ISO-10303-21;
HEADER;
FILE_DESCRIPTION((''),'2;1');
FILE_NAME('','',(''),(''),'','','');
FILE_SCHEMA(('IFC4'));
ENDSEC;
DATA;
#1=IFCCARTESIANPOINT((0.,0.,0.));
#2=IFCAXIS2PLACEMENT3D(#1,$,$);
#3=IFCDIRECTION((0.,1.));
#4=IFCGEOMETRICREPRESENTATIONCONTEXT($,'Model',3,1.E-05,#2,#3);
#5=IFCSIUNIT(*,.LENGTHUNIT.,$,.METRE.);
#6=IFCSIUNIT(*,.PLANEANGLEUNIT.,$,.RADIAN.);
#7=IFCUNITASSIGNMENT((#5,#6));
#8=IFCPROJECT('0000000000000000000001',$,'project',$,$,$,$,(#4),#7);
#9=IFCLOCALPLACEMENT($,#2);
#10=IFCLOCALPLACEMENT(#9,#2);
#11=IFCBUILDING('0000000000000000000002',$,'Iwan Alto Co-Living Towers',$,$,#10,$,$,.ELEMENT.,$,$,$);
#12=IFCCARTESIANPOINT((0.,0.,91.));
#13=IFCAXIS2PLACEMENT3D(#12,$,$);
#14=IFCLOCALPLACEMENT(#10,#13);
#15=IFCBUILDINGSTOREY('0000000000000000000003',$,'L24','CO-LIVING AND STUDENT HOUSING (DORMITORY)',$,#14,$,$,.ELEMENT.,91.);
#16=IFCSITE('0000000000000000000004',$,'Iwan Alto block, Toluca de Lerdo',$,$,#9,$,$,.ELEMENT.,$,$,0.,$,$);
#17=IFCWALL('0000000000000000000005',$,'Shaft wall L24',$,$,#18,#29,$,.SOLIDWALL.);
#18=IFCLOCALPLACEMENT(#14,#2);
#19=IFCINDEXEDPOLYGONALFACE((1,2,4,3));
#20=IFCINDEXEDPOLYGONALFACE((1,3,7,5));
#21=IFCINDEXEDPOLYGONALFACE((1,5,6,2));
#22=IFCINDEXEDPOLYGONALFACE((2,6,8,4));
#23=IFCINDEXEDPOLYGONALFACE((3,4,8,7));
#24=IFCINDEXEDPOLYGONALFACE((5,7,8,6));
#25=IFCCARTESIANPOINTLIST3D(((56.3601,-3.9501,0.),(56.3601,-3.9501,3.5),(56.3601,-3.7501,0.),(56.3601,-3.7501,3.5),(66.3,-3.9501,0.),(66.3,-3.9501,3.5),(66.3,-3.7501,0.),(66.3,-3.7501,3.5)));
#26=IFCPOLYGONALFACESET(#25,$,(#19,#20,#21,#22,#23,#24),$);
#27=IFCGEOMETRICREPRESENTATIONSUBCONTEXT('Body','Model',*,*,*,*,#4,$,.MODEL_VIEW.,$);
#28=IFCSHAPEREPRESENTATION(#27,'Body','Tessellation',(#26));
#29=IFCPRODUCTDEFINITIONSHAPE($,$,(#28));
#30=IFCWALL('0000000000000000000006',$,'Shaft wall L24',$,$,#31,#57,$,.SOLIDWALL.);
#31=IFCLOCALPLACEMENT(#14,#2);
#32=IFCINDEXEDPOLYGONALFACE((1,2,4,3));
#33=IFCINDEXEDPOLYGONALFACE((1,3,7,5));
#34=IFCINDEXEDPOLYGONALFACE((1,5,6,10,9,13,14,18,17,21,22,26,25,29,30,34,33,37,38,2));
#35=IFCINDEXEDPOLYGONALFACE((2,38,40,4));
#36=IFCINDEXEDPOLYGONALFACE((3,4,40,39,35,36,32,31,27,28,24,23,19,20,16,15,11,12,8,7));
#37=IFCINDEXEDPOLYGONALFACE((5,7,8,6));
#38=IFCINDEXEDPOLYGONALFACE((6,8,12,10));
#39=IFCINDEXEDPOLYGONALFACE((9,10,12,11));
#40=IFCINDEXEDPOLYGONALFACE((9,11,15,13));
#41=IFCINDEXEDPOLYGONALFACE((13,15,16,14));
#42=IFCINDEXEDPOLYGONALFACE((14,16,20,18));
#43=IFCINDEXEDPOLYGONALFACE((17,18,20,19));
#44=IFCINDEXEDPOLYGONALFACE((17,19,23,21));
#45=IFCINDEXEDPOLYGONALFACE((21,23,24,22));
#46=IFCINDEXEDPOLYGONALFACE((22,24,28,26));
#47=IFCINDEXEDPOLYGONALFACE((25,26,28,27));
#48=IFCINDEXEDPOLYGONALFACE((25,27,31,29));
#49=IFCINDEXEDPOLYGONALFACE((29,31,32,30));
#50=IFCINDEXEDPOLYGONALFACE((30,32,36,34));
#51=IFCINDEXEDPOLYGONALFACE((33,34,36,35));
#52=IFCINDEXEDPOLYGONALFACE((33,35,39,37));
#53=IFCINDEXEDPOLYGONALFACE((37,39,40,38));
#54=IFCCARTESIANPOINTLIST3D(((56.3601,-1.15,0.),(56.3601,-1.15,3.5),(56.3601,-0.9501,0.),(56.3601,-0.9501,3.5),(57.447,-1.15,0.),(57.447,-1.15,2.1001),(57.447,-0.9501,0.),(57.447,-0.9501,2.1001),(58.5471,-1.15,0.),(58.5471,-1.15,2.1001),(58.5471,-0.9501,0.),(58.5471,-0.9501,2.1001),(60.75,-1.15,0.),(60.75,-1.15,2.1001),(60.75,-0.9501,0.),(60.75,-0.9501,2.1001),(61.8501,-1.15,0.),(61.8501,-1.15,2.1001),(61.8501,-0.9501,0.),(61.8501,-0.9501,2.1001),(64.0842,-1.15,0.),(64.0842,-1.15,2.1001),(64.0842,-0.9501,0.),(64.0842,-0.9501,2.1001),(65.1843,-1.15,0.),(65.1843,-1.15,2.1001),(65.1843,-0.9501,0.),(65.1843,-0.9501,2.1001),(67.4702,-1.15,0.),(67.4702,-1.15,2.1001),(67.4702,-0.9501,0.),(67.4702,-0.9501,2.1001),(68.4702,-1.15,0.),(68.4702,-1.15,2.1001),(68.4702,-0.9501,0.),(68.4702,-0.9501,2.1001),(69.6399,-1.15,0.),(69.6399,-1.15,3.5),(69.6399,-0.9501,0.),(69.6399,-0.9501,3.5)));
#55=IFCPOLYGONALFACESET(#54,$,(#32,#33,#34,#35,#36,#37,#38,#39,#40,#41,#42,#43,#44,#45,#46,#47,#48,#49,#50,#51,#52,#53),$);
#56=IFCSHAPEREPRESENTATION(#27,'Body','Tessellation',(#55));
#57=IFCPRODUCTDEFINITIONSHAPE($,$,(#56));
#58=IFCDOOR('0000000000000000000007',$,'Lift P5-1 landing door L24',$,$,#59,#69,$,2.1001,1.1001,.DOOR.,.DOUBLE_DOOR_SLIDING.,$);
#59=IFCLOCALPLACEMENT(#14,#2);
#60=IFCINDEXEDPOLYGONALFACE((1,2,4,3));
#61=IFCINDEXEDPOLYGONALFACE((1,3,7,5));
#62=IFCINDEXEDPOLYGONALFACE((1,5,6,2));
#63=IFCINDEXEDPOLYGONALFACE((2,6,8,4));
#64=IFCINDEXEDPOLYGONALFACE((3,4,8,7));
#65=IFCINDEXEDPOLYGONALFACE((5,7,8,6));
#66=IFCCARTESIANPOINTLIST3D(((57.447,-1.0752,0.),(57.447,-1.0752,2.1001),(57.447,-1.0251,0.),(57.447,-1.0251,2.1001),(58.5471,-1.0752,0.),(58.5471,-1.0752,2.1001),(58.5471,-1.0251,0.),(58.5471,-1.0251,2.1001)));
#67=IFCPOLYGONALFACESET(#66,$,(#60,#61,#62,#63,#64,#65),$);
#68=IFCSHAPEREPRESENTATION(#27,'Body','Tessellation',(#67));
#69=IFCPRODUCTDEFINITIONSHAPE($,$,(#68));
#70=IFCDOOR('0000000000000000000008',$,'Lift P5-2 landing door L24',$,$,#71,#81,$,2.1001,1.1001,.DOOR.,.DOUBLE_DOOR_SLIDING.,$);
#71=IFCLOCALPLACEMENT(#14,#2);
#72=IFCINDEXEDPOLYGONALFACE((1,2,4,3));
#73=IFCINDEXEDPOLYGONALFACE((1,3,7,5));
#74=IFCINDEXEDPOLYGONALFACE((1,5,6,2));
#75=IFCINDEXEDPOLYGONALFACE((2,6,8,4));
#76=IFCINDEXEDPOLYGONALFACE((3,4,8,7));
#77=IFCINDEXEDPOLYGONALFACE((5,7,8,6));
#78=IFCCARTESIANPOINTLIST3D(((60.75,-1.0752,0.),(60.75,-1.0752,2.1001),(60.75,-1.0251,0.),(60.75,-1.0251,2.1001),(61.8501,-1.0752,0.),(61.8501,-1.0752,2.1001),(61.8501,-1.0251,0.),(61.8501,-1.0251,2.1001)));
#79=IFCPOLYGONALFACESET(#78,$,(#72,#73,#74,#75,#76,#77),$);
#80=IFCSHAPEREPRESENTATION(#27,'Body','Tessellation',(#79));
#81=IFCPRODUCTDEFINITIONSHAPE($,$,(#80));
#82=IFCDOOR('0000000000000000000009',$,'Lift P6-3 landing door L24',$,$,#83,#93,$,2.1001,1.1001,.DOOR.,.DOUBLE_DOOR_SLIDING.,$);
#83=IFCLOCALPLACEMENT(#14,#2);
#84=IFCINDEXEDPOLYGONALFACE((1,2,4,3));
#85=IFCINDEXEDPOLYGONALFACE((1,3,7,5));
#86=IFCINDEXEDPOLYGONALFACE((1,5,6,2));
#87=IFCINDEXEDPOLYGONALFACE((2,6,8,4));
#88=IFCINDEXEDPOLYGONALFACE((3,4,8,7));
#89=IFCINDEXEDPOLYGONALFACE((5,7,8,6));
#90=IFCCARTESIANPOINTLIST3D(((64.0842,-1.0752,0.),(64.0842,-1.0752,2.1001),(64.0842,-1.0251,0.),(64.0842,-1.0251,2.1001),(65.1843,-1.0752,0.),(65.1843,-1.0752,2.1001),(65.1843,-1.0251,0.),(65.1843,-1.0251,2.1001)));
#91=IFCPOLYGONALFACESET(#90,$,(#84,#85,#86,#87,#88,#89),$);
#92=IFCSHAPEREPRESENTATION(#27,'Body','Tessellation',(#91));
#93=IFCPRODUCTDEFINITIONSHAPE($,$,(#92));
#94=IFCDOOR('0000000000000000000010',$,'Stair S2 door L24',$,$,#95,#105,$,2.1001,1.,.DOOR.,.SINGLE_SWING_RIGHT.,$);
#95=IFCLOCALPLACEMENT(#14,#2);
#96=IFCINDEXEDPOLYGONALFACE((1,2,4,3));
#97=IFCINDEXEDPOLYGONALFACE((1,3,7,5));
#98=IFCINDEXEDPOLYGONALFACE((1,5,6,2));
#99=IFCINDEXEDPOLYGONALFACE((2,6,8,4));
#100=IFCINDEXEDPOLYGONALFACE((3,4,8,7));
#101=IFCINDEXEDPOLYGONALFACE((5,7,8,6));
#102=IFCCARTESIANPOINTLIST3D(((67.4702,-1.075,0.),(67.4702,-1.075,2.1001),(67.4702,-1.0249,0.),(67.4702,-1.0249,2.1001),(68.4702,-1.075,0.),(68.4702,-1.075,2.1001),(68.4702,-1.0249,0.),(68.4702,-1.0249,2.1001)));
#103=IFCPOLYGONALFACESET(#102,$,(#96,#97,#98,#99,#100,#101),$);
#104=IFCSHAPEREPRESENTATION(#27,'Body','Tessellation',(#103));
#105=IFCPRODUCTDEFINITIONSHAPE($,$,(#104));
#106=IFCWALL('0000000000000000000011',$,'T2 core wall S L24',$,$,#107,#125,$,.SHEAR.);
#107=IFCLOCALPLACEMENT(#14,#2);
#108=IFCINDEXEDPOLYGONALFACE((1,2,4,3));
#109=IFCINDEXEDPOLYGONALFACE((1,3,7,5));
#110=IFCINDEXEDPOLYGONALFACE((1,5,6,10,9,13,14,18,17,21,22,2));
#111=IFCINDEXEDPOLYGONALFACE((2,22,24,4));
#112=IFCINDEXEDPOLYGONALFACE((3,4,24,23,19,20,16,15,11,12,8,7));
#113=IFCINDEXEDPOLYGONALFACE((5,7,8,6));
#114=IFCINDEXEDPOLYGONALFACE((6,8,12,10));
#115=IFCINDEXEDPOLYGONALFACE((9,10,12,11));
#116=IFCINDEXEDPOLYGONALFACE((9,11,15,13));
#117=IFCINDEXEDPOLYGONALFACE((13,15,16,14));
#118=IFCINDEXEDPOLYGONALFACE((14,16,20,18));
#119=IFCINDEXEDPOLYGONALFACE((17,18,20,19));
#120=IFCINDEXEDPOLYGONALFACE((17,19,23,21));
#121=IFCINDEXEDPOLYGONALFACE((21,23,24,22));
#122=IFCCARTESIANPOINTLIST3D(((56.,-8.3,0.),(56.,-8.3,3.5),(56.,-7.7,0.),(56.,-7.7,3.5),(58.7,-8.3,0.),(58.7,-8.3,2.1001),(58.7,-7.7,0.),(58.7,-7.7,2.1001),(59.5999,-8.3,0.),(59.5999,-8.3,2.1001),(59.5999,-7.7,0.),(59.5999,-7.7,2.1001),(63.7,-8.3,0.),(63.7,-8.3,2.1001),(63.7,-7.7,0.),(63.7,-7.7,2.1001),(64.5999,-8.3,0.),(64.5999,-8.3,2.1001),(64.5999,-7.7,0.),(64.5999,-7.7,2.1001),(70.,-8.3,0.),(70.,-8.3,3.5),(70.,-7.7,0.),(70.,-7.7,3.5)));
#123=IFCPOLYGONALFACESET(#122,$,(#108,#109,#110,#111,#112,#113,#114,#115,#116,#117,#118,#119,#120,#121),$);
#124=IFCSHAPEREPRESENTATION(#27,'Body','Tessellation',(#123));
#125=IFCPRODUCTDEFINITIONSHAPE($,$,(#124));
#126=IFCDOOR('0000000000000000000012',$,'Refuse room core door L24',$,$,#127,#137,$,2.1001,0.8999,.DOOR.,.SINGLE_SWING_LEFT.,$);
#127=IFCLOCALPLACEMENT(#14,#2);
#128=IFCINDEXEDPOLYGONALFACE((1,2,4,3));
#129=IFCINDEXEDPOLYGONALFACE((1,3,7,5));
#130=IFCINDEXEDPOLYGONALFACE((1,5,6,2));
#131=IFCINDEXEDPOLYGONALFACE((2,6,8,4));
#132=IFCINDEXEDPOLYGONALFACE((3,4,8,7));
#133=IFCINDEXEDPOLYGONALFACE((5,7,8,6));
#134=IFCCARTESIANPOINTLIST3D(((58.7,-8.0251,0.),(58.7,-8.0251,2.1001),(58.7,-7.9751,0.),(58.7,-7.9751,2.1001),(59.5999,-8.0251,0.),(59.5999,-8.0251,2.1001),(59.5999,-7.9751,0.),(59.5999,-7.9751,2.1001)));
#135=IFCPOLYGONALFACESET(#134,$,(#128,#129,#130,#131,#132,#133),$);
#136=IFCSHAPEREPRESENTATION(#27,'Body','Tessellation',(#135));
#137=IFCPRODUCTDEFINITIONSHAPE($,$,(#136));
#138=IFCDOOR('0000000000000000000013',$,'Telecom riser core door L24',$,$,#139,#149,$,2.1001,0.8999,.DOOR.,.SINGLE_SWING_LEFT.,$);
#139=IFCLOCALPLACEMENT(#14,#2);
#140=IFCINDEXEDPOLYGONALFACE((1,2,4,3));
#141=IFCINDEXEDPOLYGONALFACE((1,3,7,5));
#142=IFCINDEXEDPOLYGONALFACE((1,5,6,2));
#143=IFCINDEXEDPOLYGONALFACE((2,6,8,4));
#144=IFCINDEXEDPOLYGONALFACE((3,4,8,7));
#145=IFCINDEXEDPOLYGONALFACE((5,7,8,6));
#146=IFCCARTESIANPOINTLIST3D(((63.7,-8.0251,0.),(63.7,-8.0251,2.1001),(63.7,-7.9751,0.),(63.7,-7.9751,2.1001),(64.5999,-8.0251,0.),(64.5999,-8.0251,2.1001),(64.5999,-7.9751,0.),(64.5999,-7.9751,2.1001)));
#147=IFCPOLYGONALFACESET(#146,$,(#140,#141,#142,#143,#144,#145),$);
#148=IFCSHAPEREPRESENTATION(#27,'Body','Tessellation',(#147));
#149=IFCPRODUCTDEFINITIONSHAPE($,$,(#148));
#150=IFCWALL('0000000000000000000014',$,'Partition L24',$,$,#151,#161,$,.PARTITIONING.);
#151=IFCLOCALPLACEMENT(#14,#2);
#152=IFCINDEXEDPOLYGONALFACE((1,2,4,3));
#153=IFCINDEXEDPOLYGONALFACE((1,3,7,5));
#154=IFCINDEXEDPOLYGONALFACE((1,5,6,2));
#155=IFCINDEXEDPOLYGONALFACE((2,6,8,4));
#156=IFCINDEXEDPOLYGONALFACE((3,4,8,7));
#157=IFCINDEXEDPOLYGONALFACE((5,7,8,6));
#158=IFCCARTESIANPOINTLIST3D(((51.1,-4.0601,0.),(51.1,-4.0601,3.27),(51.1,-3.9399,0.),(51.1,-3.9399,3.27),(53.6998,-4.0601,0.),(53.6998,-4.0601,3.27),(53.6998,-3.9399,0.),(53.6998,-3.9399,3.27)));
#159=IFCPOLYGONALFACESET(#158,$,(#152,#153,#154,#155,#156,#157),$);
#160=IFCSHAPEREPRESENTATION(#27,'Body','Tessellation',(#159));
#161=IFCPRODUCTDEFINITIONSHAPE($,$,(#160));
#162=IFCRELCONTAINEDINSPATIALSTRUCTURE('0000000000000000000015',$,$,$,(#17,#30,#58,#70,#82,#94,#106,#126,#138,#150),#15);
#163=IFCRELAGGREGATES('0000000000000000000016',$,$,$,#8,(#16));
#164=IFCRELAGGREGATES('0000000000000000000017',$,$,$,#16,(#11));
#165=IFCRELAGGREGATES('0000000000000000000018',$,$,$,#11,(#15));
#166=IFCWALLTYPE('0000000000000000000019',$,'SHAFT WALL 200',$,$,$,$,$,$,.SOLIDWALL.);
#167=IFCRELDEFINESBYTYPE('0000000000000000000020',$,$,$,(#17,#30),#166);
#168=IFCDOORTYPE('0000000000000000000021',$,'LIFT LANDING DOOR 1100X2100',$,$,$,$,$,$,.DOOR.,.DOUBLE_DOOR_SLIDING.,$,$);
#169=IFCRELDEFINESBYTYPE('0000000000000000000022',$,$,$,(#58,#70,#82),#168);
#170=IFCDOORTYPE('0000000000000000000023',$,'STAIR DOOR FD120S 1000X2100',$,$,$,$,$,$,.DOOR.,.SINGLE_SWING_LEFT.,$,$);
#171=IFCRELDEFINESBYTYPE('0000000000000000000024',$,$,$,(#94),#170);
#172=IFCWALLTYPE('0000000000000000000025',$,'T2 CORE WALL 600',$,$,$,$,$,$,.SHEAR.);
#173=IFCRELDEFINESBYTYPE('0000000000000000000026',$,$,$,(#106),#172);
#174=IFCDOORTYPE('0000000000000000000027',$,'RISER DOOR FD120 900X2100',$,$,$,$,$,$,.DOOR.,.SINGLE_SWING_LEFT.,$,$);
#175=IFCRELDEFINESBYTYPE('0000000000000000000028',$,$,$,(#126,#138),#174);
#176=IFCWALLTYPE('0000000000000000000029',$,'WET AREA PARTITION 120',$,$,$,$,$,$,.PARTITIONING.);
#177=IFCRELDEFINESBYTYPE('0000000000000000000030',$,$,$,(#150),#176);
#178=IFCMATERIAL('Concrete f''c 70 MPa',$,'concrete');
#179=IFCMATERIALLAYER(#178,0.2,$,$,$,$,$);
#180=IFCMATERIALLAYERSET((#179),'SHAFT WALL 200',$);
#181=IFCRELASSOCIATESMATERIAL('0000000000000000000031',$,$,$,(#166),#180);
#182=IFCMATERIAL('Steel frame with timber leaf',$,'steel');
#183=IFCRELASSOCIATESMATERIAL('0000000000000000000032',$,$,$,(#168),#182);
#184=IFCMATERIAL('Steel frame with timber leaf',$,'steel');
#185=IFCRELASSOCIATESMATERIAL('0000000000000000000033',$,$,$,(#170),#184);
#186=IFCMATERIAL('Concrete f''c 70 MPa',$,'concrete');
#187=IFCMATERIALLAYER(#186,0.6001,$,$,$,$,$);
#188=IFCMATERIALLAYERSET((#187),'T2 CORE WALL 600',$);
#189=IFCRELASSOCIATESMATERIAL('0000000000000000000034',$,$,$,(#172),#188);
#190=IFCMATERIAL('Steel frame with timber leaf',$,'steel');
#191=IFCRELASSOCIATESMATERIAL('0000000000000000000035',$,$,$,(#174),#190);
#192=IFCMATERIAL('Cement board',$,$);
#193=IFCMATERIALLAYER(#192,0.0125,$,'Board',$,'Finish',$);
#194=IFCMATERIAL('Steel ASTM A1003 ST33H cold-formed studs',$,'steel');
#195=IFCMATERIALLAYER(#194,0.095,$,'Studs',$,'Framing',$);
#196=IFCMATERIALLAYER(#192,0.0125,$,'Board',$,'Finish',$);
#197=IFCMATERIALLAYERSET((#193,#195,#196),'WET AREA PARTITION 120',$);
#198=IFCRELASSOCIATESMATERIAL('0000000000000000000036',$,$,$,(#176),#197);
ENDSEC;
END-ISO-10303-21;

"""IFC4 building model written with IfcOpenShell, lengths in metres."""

from ifc_helpers import new_model, si_unit, direction, frame, frame_2d, origin, place, context, subcontext, project, spatial, rectangle, extrude, material, layer, layer_set, type_object, element, fill, save


model = new_model("IFC4")

# Units and contexts
model_context = context("Model", 3, precision=1e-05, world=origin(), true_north=direction((0.0, 1.0)))
body_context = subcontext(model_context, "Body", "Model", "MODEL_VIEW")
ifc_project = project(units=[si_unit("LENGTHUNIT", "METRE"), si_unit("PLANEANGLEUNIT", "RADIAN")], contexts=[model_context])

# Site, building, storey
site_placement = place(None, origin())
site = spatial("IfcSite", under=ifc_project, at=site_placement, Name="Iwan Alto block, Toluca de Lerdo", CompositionType="ELEMENT", RefElevation=0.0)
building_placement = place(site_placement, origin())
building = spatial("IfcBuilding", under=site, at=building_placement, Name="Iwan Alto Co-Living Towers", CompositionType="ELEMENT")
storey_placement = place(building_placement, frame((0.0, 0.0, 91.0)))
storey = spatial("IfcBuildingStorey", under=building, at=storey_placement, Name="L24", Description="CO-LIVING AND STUDENT HOUSING (DORMITORY)", CompositionType="ELEMENT", Elevation=91.0)

# Shared definitions
ifc_material_1 = material(Name="Steel ASTM A1003 ST33H cold-formed studs", Category="steel")

# Wall
ifc_material_2 = material(Name="Concrete f'c 70 MPa", Category="concrete")
ifc_layer_1 = layer(ifc_material_2, 0.2)
ifc_layer_set_1 = layer_set([ifc_layer_1], Name="SHAFT WALL 200")
wall_type_1 = type_object("IfcWallType", Name="SHAFT WALL 200", PredefinedType="SOLIDWALL", material=ifc_layer_set_1)
wall_1_placement = place(storey_placement, frame((56.3601, -3.8501, 0.0), z_axis=(0.0, 0.0, 1.0), x_axis=(1.0, 0.0, 0.0)))
element("IfcWall", 1, at=wall_1_placement, inside=storey, type_object=wall_type_1, Name="Shaft wall L24", PredefinedType="SOLIDWALL", context=body_context, shape_type="SweptSolid", body=[
    extrude(rectangle(XDim=9.9399, YDim=0.2, at=frame_2d((4.97, 0.0))), origin(), (0.0, 0.0, 1.0), 3.5),
])

# Walls, openings, doors
wall_2_placement = place(storey_placement, frame((56.3601, -1.05, 0.0), z_axis=(0.0, 0.0, 1.0), x_axis=(1.0, 0.0, 0.0)))
wall_2 = element("IfcWall", 2, at=wall_2_placement, inside=storey, type_object=wall_type_1, Name="Shaft wall L24", PredefinedType="SOLIDWALL", context=body_context, shape_type="SweptSolid", body=[
    extrude(rectangle(XDim=13.2798, YDim=0.2, at=frame_2d((6.6399, 0.0))), origin(), (0.0, 0.0, 1.0), 3.5),
])
opening_1_placement = place(wall_2_placement, frame((11.1101, 0.0, 0.0)))
opening_1 = element("IfcOpeningElement", 3, at=opening_1_placement, cuts=wall_2, PredefinedType="OPENING", context=body_context, shape_type="SweptSolid", body=[
    extrude(rectangle(XDim=1.0, YDim=2.1001, at=frame_2d((0.5, 1.05))), frame((0.0, 0.1099, 0.0), z_axis=(0.0, -1.0, 0.0), x_axis=(1.0, 0.0, 0.0)), (0.0, 0.0, 1.0), 0.22),
])
opening_2_placement = place(wall_2_placement, frame((1.0869, 0.0, 0.0)))
opening_2 = element("IfcOpeningElement", 4, at=opening_2_placement, cuts=wall_2, PredefinedType="OPENING", context=body_context, shape_type="SweptSolid", body=[
    extrude(rectangle(XDim=1.1001, YDim=2.1001, at=frame_2d((0.55, 1.05))), frame((0.0, 0.1099, 0.0), z_axis=(0.0, -1.0, 0.0), x_axis=(1.0, 0.0, 0.0)), (0.0, 0.0, 1.0), 0.22),
])
opening_3_placement = place(wall_2_placement, frame((4.3899, 0.0, 0.0)))
opening_3 = element("IfcOpeningElement", 5, at=opening_3_placement, cuts=wall_2, PredefinedType="OPENING", context=body_context, shape_type="SweptSolid", body=[
    extrude(rectangle(XDim=1.1001, YDim=2.1001, at=frame_2d((0.55, 1.05))), frame((0.0, 0.1099, 0.0), z_axis=(0.0, -1.0, 0.0), x_axis=(1.0, 0.0, 0.0)), (0.0, 0.0, 1.0), 0.22),
])
opening_4_placement = place(wall_2_placement, frame((7.7241, 0.0, 0.0)))
opening_4 = element("IfcOpeningElement", 6, at=opening_4_placement, cuts=wall_2, PredefinedType="OPENING", context=body_context, shape_type="SweptSolid", body=[
    extrude(rectangle(XDim=1.1001, YDim=2.1001, at=frame_2d((0.55, 1.05))), frame((0.0, 0.1099, 0.0), z_axis=(0.0, -1.0, 0.0), x_axis=(1.0, 0.0, 0.0)), (0.0, 0.0, 1.0), 0.22),
])
ifc_material_3 = material(Name="Steel frame with timber leaf", Category="steel")
door_type_1 = type_object("IfcDoorType", Name="LIFT LANDING DOOR 1100X2100", OperationType="DOUBLE_DOOR_SLIDING", PredefinedType="DOOR", material=ifc_material_3)
door_1_placement = place(opening_2_placement, origin())
door_1 = element("IfcDoor", 7, at=door_1_placement, inside=storey, type_object=door_type_1, Name="Lift P5-1 landing door L24", OperationType="DOUBLE_DOOR_SLIDING", OverallHeight=2.1001, OverallWidth=1.1001, PredefinedType="DOOR", context=body_context, shape_type="SweptSolid", body=[
    extrude(rectangle(XDim=1.1001, YDim=2.1001, at=frame_2d((0.55, 1.05))), frame((0.0, 0.0249, 0.0), z_axis=(0.0, -1.0, 0.0), x_axis=(1.0, 0.0, 0.0)), (0.0, 0.0, 1.0), 0.05),
])
fill(opening_2, door_1)
door_2_placement = place(opening_3_placement, origin())
door_2 = element("IfcDoor", 8, at=door_2_placement, inside=storey, type_object=door_type_1, Name="Lift P5-2 landing door L24", OperationType="DOUBLE_DOOR_SLIDING", OverallHeight=2.1001, OverallWidth=1.1001, PredefinedType="DOOR", context=body_context, shape_type="SweptSolid", body=[
    extrude(rectangle(XDim=1.1001, YDim=2.1001, at=frame_2d((0.55, 1.05))), frame((0.0, 0.0249, 0.0), z_axis=(0.0, -1.0, 0.0), x_axis=(1.0, 0.0, 0.0)), (0.0, 0.0, 1.0), 0.05),
])
fill(opening_3, door_2)
door_3_placement = place(opening_4_placement, origin())
door_3 = element("IfcDoor", 9, at=door_3_placement, inside=storey, type_object=door_type_1, Name="Lift P6-3 landing door L24", OperationType="DOUBLE_DOOR_SLIDING", OverallHeight=2.1001, OverallWidth=1.1001, PredefinedType="DOOR", context=body_context, shape_type="SweptSolid", body=[
    extrude(rectangle(XDim=1.1001, YDim=2.1001, at=frame_2d((0.55, 1.05))), frame((0.0, 0.0249, 0.0), z_axis=(0.0, -1.0, 0.0), x_axis=(1.0, 0.0, 0.0)), (0.0, 0.0, 1.0), 0.05),
])
fill(opening_4, door_3)
ifc_material_4 = material(Name="Steel frame with timber leaf", Category="steel")
door_type_2 = type_object("IfcDoorType", Name="STAIR DOOR FD120S 1000X2100", OperationType="SINGLE_SWING_LEFT", PredefinedType="DOOR", material=ifc_material_4)
door_4_placement = place(opening_1_placement, frame((1.0, 0.0, 0.0), z_axis=(0.0, 0.0, 1.0), x_axis=(-1.0, 0.0, 0.0)))
door_4 = element("IfcDoor", 10, at=door_4_placement, inside=storey, type_object=door_type_2, Name="Stair S2 door L24", OperationType="SINGLE_SWING_RIGHT", OverallHeight=2.1001, OverallWidth=1.0, PredefinedType="DOOR", context=body_context, shape_type="SweptSolid", body=[
    extrude(rectangle(XDim=1.0, YDim=2.1001, at=frame_2d((0.5, 1.05))), frame((0.0, 0.0249, 0.0), z_axis=(0.0, -1.0, 0.0), x_axis=(1.0, 0.0, 0.0)), (0.0, 0.0, 1.0), 0.05),
])
fill(opening_1, door_4)
ifc_material_5 = material(Name="Concrete f'c 70 MPa", Category="concrete")
ifc_layer_2 = layer(ifc_material_5, 0.6001)
ifc_layer_set_2 = layer_set([ifc_layer_2], Name="T2 CORE WALL 600")
wall_type_2 = type_object("IfcWallType", Name="T2 CORE WALL 600", PredefinedType="SHEAR", material=ifc_layer_set_2)
wall_3_placement = place(storey_placement, frame((56.0, -8.0, 0.0), z_axis=(0.0, 0.0, 1.0), x_axis=(1.0, 0.0, 0.0)))
wall_3 = element("IfcWall", 11, at=wall_3_placement, inside=storey, type_object=wall_type_2, Name="T2 core wall S L24", PredefinedType="SHEAR", context=body_context, shape_type="SweptSolid", body=[
    extrude(rectangle(XDim=14.0, YDim=0.6001, at=frame_2d((7.0, 0.0))), origin(), (0.0, 0.0, 1.0), 3.5),
])
opening_5_placement = place(wall_3_placement, frame((2.7, 0.0, 0.0)))
opening_5 = element("IfcOpeningElement", 12, at=opening_5_placement, cuts=wall_3, PredefinedType="OPENING", context=body_context, shape_type="SweptSolid", body=[
    extrude(rectangle(XDim=0.8999, YDim=2.1001, at=frame_2d((0.45, 1.05))), frame((0.0, 0.3101, 0.0), z_axis=(0.0, -1.0, 0.0), x_axis=(1.0, 0.0, 0.0)), (0.0, 0.0, 1.0), 0.6201),
])
opening_6_placement = place(wall_3_placement, frame((7.7, 0.0, 0.0)))
opening_6 = element("IfcOpeningElement", 13, at=opening_6_placement, cuts=wall_3, PredefinedType="OPENING", context=body_context, shape_type="SweptSolid", body=[
    extrude(rectangle(XDim=0.8999, YDim=2.1001, at=frame_2d((0.45, 1.05))), frame((0.0, 0.3101, 0.0), z_axis=(0.0, -1.0, 0.0), x_axis=(1.0, 0.0, 0.0)), (0.0, 0.0, 1.0), 0.6201),
])
ifc_material_6 = material(Name="Steel frame with timber leaf", Category="steel")
door_type_3 = type_object("IfcDoorType", Name="RISER DOOR FD120 900X2100", OperationType="SINGLE_SWING_LEFT", PredefinedType="DOOR", material=ifc_material_6)
door_5_placement = place(opening_5_placement, origin())
door_5 = element("IfcDoor", 14, at=door_5_placement, inside=storey, type_object=door_type_3, Name="Refuse room core door L24", OperationType="SINGLE_SWING_LEFT", OverallHeight=2.1001, OverallWidth=0.8999, PredefinedType="DOOR", context=body_context, shape_type="SweptSolid", body=[
    extrude(rectangle(XDim=0.8999, YDim=2.1001, at=frame_2d((0.45, 1.05))), frame((0.0, 0.0249, 0.0), z_axis=(0.0, -1.0, 0.0), x_axis=(1.0, 0.0, 0.0)), (0.0, 0.0, 1.0), 0.05),
])
fill(opening_5, door_5)
door_6_placement = place(opening_6_placement, origin())
door_6 = element("IfcDoor", 15, at=door_6_placement, inside=storey, type_object=door_type_3, Name="Telecom riser core door L24", OperationType="SINGLE_SWING_LEFT", OverallHeight=2.1001, OverallWidth=0.8999, PredefinedType="DOOR", context=body_context, shape_type="SweptSolid", body=[
    extrude(rectangle(XDim=0.8999, YDim=2.1001, at=frame_2d((0.45, 1.05))), frame((0.0, 0.0249, 0.0), z_axis=(0.0, -1.0, 0.0), x_axis=(1.0, 0.0, 0.0)), (0.0, 0.0, 1.0), 0.05),
])
fill(opening_6, door_6)

# Wall
ifc_material_7 = material(Name="Cement board")
ifc_layer_3 = layer(ifc_material_7, 0.0125, Name="Board", Category="Finish")
ifc_layer_4 = layer(ifc_material_1, 0.095, Name="Studs", Category="Framing")
ifc_layer_5 = layer(ifc_material_7, 0.0125, Name="Board", Category="Finish")
ifc_layer_set_3 = layer_set([ifc_layer_3, ifc_layer_4, ifc_layer_5], Name="WET AREA PARTITION 120")
wall_type_3 = type_object("IfcWallType", Name="WET AREA PARTITION 120", PredefinedType="PARTITIONING", material=ifc_layer_set_3)
wall_4_placement = place(storey_placement, frame((51.1001, -4.0, 0.0), z_axis=(0.0, 0.0, 1.0), x_axis=(1.0, 0.0, 0.0)))
element("IfcWall", 16, at=wall_4_placement, inside=storey, type_object=wall_type_3, Name="Partition L24", PredefinedType="PARTITIONING", context=body_context, shape_type="SweptSolid", body=[
    extrude(rectangle(XDim=2.5999, YDim=0.1201, at=frame_2d((1.2998, 0.0))), origin(), (0.0, 0.0, 1.0), 3.27),
])

save(model, "model.ifc")
